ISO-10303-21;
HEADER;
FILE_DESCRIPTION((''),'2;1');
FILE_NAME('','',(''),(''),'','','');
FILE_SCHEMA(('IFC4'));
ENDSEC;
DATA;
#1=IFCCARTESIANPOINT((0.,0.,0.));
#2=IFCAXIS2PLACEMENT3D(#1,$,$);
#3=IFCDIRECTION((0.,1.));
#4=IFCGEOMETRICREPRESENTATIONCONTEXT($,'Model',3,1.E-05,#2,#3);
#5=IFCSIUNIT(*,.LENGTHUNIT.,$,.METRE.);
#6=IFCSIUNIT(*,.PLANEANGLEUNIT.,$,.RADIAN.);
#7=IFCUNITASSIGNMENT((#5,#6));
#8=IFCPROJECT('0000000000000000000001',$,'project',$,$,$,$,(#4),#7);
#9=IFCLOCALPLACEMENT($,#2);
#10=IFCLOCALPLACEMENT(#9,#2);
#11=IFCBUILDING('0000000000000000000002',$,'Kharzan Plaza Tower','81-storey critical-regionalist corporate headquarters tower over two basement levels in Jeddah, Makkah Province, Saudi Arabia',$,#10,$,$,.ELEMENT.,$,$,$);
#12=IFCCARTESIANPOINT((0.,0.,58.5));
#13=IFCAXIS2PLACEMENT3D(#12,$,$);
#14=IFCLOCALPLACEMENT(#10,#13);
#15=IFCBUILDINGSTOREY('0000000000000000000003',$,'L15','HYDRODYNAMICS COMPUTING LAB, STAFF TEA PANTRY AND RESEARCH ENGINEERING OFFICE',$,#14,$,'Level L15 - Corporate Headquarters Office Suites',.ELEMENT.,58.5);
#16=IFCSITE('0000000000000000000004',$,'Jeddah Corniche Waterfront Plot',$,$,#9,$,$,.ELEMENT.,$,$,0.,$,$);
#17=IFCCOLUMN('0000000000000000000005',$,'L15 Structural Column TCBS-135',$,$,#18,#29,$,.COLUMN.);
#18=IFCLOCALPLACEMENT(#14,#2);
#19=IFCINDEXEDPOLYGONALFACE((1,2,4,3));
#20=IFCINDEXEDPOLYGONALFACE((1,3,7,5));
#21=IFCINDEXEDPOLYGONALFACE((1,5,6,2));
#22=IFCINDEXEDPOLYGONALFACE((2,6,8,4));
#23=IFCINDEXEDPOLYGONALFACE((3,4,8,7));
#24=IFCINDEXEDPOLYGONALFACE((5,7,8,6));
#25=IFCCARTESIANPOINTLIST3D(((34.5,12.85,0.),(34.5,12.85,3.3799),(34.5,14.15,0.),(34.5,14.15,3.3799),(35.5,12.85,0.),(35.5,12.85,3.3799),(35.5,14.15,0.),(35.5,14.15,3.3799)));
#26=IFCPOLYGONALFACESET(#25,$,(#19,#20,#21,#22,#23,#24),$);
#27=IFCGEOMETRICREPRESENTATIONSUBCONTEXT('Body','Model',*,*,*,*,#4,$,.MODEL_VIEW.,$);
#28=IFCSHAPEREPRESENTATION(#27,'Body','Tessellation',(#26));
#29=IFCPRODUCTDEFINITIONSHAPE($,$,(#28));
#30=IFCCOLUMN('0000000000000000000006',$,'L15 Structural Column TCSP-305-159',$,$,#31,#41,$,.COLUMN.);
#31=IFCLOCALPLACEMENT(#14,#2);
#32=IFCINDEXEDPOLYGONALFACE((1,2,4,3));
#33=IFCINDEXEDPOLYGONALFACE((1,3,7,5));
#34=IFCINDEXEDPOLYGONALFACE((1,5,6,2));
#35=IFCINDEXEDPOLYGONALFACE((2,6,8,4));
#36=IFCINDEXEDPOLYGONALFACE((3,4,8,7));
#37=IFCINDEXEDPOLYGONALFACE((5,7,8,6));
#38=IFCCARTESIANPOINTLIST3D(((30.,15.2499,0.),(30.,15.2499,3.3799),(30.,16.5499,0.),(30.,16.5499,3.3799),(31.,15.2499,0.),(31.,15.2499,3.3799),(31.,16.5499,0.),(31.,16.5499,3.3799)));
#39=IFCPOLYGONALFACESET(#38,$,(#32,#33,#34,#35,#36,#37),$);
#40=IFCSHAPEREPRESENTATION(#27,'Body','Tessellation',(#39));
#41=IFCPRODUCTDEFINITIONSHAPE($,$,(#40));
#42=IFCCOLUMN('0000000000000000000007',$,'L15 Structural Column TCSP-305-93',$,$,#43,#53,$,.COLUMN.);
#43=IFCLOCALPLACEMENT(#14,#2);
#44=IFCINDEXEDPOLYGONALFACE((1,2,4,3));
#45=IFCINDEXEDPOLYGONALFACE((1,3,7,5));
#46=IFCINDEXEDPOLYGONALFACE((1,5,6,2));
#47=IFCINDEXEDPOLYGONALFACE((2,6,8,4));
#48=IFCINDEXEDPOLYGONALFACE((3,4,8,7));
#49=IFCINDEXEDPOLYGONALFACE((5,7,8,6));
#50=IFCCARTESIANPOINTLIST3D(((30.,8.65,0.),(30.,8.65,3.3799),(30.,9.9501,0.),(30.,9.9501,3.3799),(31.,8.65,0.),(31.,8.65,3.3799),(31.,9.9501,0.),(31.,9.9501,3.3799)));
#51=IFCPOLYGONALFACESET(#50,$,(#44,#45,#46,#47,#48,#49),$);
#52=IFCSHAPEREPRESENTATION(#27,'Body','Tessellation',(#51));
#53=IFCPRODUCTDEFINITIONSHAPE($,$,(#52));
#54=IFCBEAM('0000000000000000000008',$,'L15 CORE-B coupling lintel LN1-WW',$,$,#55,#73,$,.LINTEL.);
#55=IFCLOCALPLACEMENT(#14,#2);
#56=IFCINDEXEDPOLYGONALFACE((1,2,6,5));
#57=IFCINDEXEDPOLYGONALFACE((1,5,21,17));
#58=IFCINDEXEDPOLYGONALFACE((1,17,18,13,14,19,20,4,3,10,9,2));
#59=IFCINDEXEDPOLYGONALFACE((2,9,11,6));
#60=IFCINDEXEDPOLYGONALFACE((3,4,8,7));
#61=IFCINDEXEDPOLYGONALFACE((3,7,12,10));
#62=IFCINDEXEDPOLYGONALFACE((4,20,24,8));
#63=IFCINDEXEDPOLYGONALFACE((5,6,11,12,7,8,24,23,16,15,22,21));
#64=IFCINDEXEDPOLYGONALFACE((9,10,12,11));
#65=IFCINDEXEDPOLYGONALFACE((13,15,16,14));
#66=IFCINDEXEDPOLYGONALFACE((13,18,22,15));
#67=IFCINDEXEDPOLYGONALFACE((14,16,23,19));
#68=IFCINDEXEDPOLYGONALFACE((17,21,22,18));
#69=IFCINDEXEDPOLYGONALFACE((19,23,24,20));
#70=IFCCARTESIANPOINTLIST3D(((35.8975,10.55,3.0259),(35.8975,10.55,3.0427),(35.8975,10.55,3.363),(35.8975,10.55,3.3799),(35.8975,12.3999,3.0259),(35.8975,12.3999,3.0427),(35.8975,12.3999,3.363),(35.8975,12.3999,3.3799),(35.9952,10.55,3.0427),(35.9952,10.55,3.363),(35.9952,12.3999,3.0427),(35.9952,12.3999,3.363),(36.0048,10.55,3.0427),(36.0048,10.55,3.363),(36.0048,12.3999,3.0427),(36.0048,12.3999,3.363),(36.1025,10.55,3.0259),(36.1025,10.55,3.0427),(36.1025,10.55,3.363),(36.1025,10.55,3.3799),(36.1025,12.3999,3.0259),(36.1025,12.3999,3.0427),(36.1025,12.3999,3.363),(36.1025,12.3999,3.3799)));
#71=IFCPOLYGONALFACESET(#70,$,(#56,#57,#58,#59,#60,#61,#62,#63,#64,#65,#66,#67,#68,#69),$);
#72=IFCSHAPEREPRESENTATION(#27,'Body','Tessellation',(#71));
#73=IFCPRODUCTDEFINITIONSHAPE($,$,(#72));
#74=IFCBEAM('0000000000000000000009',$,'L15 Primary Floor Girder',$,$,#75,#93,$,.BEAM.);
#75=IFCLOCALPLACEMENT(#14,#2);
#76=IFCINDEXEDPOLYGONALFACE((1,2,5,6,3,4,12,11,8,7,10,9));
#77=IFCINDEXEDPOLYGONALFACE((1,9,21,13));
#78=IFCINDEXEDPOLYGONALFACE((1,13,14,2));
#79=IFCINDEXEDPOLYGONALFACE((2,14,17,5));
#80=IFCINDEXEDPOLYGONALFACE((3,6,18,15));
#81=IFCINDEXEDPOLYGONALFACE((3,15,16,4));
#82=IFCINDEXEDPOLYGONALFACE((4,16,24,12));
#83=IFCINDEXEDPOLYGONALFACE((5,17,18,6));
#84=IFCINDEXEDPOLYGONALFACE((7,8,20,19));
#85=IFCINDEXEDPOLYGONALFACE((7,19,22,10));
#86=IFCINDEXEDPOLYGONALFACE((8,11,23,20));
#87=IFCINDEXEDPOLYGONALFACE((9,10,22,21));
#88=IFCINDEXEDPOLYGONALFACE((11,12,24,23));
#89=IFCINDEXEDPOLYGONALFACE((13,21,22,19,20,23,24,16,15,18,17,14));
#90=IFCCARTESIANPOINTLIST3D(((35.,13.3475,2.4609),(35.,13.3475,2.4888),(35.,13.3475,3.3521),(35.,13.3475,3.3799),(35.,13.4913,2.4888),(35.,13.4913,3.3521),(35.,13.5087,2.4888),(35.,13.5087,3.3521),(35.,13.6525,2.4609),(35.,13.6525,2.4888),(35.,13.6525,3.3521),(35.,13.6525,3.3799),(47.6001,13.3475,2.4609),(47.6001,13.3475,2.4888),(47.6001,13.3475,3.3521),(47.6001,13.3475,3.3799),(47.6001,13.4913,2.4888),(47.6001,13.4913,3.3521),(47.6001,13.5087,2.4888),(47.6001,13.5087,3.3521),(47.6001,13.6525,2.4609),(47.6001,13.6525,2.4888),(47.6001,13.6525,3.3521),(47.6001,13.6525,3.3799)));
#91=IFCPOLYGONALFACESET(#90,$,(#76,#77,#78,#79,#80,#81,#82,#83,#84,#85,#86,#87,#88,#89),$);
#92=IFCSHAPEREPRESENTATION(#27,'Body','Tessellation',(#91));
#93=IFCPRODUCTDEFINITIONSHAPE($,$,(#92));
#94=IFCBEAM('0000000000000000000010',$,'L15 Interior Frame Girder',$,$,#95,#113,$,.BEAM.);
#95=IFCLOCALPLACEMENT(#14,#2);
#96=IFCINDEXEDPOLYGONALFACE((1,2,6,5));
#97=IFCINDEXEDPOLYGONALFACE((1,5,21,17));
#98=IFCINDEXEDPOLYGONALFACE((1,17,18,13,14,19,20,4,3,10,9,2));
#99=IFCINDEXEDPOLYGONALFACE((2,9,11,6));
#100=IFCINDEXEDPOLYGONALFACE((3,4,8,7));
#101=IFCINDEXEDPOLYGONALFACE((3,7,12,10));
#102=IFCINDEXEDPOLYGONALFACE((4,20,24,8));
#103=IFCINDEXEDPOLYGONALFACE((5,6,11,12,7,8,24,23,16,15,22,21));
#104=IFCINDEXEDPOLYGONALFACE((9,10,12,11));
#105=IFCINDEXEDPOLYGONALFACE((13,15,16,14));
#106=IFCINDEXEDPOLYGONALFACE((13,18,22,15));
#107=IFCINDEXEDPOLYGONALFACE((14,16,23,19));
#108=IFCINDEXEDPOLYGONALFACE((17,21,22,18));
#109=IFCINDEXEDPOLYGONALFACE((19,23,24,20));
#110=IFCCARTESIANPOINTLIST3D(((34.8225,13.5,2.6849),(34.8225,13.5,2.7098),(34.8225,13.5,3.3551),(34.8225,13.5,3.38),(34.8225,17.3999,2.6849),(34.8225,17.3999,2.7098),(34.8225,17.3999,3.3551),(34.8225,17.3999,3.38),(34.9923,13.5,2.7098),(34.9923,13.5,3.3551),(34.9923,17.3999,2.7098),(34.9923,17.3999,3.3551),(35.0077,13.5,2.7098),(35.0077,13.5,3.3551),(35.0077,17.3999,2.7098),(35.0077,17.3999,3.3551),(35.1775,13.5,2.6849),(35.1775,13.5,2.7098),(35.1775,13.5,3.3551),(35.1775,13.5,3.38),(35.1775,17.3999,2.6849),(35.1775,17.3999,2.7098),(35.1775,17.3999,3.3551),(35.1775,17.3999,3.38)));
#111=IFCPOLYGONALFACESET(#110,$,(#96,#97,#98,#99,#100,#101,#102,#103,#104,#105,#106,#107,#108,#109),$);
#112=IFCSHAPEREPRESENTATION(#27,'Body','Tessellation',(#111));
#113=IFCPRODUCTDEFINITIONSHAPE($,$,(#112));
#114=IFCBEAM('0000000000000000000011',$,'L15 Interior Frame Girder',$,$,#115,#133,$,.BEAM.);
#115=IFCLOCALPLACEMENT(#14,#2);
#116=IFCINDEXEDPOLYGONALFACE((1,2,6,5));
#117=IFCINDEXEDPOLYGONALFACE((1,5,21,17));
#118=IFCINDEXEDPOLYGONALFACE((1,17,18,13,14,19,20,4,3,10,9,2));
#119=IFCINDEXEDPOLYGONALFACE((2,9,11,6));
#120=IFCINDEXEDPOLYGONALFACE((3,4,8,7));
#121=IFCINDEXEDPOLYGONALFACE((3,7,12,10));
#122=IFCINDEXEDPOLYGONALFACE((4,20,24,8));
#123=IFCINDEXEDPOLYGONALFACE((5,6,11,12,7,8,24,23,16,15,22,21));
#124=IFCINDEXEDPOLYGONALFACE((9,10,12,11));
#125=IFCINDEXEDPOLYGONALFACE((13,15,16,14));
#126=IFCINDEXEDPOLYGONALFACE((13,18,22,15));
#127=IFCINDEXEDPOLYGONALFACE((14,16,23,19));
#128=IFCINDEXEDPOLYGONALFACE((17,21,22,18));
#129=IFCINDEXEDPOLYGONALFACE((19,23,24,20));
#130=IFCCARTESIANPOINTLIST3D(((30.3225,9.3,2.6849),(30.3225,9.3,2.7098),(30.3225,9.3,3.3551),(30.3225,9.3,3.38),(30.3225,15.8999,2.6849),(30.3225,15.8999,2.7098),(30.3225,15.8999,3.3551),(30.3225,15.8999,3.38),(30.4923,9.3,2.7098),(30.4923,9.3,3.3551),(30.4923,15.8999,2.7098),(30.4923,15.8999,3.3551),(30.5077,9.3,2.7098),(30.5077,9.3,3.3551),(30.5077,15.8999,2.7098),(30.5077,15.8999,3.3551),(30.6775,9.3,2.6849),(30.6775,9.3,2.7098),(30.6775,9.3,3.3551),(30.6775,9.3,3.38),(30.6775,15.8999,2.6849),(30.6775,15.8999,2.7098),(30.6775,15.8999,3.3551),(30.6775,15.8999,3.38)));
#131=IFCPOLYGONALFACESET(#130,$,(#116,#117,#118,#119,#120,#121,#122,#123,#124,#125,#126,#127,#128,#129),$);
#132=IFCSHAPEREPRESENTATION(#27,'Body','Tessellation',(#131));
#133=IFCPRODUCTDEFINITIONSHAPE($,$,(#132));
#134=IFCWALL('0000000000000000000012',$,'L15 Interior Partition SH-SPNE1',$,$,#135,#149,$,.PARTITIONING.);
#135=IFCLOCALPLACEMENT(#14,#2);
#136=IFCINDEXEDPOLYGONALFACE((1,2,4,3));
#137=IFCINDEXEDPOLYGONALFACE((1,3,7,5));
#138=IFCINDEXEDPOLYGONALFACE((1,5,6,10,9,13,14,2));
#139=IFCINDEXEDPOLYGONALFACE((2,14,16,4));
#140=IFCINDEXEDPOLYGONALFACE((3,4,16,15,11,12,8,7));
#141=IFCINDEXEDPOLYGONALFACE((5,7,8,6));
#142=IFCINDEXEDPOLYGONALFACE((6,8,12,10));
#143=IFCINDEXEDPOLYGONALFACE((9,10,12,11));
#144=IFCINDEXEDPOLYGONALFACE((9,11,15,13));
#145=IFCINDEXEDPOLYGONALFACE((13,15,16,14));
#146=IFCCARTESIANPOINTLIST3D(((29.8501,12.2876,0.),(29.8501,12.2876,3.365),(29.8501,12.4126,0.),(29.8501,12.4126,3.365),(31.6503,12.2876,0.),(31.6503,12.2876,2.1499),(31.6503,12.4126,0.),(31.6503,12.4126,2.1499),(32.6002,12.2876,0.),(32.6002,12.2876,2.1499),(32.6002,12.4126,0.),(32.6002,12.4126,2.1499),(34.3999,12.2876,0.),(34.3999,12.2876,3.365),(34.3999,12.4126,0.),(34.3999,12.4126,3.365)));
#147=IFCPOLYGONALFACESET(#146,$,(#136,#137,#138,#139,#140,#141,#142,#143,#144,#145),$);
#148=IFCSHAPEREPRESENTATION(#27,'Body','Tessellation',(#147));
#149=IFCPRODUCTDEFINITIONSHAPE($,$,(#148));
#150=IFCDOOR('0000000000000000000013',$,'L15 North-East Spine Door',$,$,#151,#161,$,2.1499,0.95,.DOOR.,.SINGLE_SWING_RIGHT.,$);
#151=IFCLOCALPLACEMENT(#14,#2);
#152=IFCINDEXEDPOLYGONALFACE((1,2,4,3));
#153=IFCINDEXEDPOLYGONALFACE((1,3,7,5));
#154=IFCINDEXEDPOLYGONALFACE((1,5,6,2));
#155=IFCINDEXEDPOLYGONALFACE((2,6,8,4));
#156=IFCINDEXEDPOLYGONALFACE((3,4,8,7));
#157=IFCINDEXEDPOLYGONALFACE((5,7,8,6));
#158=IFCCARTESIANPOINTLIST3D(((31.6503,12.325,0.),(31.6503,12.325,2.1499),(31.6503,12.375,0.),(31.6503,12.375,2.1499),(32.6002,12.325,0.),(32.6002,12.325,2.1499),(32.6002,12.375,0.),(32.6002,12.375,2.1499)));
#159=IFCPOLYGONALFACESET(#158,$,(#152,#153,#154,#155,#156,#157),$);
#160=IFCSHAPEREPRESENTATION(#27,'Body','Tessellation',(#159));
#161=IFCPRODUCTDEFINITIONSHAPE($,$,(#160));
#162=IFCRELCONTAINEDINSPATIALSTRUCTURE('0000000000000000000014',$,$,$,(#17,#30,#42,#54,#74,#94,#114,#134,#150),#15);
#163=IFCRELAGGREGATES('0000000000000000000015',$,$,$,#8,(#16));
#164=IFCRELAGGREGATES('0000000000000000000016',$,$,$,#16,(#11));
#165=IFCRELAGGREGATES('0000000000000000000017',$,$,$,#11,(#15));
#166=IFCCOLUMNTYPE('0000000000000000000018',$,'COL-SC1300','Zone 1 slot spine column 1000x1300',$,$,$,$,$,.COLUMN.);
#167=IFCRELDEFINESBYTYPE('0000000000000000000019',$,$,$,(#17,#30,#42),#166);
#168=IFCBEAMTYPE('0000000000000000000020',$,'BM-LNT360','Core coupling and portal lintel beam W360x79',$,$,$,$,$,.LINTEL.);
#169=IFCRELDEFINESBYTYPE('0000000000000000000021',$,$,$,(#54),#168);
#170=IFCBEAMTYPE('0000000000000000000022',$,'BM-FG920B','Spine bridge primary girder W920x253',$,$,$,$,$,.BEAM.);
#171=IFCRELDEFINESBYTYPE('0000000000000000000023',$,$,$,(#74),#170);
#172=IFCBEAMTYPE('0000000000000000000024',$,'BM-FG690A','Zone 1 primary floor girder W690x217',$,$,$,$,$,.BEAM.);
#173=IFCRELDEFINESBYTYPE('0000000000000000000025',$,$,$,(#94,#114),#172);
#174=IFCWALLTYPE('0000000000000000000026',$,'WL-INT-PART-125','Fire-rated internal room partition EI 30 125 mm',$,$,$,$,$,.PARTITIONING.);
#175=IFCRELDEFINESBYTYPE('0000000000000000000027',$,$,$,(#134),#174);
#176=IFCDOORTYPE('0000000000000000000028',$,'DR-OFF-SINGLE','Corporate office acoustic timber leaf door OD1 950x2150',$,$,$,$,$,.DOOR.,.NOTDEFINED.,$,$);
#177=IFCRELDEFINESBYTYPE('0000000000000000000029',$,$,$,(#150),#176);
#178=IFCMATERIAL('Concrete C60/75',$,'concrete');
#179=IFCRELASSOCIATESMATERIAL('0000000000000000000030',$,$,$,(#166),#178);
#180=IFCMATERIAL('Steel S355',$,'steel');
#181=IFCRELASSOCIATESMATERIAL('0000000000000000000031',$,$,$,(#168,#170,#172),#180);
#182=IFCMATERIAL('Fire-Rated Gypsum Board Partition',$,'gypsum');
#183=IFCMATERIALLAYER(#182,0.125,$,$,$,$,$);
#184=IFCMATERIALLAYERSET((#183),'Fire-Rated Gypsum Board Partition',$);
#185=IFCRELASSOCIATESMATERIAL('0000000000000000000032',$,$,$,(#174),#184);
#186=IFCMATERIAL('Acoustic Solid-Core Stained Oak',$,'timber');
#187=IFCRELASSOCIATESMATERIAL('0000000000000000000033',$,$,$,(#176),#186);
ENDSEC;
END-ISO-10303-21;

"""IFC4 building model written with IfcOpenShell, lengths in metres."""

from ifc_helpers import new_model, si_unit, direction, frame, frame_2d, origin, origin_2d, place, context, subcontext, project, spatial, rectangle, i_section, extrude, source, transform, mapped, material, layer, layer_set, material_profile, profile_set, type_object, element, fill, save


model = new_model("IFC4")

# Units and contexts
model_context = context("Model", 3, precision=1e-05, world=origin(), true_north=direction((0.0, 1.0)))
body_context = subcontext(model_context, "Body", "Model", "MODEL_VIEW")
ifc_project = project(units=[si_unit("LENGTHUNIT", "METRE"), si_unit("PLANEANGLEUNIT", "RADIAN")], contexts=[model_context])

# Site, building, storey
site_placement = place(None, origin())
site = spatial("IfcSite", under=ifc_project, at=site_placement, Name="Jeddah Corniche Waterfront Plot", CompositionType="ELEMENT", RefElevation=0.0)
building_placement = place(site_placement, origin())
building = spatial("IfcBuilding", under=site, at=building_placement, Name="Kharzan Plaza Tower", Description="81-storey critical-regionalist corporate headquarters tower over two basement levels in Jeddah, Makkah Province, Saudi Arabia", CompositionType="ELEMENT")
storey_placement = place(building_placement, frame((0.0, 0.0, 58.5)))
storey = spatial("IfcBuildingStorey", under=building, at=storey_placement, Name="L15", Description="HYDRODYNAMICS COMPUTING LAB, STAFF TEA PANTRY AND RESEARCH ENGINEERING OFFICE", LongName="Level L15 - Corporate Headquarters Office Suites", CompositionType="ELEMENT", Elevation=58.5)

# Columns
ifc_material_1 = material(Name="Concrete C60/75", Category="concrete")
ifc_material_profile_1 = material_profile(ifc_material_1, rectangle(XDim=1.0, YDim=1.3, at=origin_2d()), Name="RC-SC1300x1000")
ifc_profile_set_1 = profile_set([ifc_material_profile_1], Name="Concrete C60/75")
column_type = type_object("IfcColumnType", Name="COL-SC1300", Description="Zone 1 slot spine column 1000x1300", PredefinedType="COLUMN", material=ifc_profile_set_1)
shared_shape_1 = source(origin(), body_context, "Body", "SweptSolid", [
    extrude(rectangle(XDim=1.0, YDim=1.3, at=origin_2d()), origin(), (0.0, 0.0, 1.0), 3.3799),
])
for number, where, z_axis, x_axis, name in (
    (1, (35.0, 13.5, 0.0), (0.0, 0.0, 1.0), (1.0, 0.0, 0.0), "L15 Structural Column TCBS-135"),
    (2, (30.5, 15.8999, 0.0), (0.0, 0.0, 1.0), (1.0, 0.0, 0.0), "L15 Structural Column TCSP-305-159"),
    (3, (30.5, 9.3, 0.0), (0.0, 0.0, 1.0), (1.0, 0.0, 0.0), "L15 Structural Column TCSP-305-93"),
):
    element("IfcColumn", number, at=place(storey_placement, frame(where, z_axis=z_axis, x_axis=x_axis)), inside=storey, type_object=column_type, Name=name, PredefinedType="COLUMN", context=body_context, shape_type="MappedRepresentation", body=[
        mapped(shared_shape_1, transform((0.0, 0.0, 0.0), x_axis=(1.0, 0.0, 0.0), y_axis=(0.0, 1.0, 0.0), z_axis=(0.0, 0.0, 1.0))),
    ])

# Beams
ifc_material_2 = material(Name="Steel S355", Category="steel")
ifc_material_profile_2 = material_profile(ifc_material_2, i_section(OverallWidth=0.2051, OverallDepth=0.354, WebThickness=0.0095, FlangeThickness=0.0168, at=origin_2d()), Name="W360x79")
ifc_profile_set_2 = profile_set([ifc_material_profile_2], Name="Steel S355")
beam_type_1 = type_object("IfcBeamType", Name="BM-LNT360", Description="Core coupling and portal lintel beam W360x79", PredefinedType="LINTEL", material=ifc_profile_set_2)
shared_shape_2 = source(origin(), body_context, "Body", "SweptSolid", [
    extrude(i_section(OverallWidth=0.2051, OverallDepth=0.354, WebThickness=0.0095, FlangeThickness=0.0168, at=origin_2d()), origin(), (0.0, 0.0, 1.0), 1.8499),
])
beam_1_placement = place(storey_placement, frame((36.0, 10.55, 3.2029), z_axis=(0.0, 1.0, 0.0), x_axis=(-1.0, 0.0, 0.0)))
element("IfcBeam", 4, at=beam_1_placement, inside=storey, type_object=beam_type_1, Name="L15 CORE-B coupling lintel LN1-WW", PredefinedType="LINTEL", context=body_context, shape_type="MappedRepresentation", body=[
    mapped(shared_shape_2, transform((0.0, 0.0, 0.0), x_axis=(1.0, 0.0, 0.0), y_axis=(0.0, 1.0, 0.0), z_axis=(0.0, 0.0, 1.0))),
])
ifc_material_profile_3 = material_profile(ifc_material_2, i_section(OverallWidth=0.3049, OverallDepth=0.9189, WebThickness=0.0173, FlangeThickness=0.0278, at=origin_2d()), Name="W920x253")
ifc_profile_set_3 = profile_set([ifc_material_profile_3], Name="Steel S355")
beam_type_2 = type_object("IfcBeamType", Name="BM-FG920B", Description="Spine bridge primary girder W920x253", PredefinedType="BEAM", material=ifc_profile_set_3)
shared_shape_3 = source(origin(), body_context, "Body", "SweptSolid", [
    extrude(i_section(OverallWidth=0.3049, OverallDepth=0.9189, WebThickness=0.0173, FlangeThickness=0.0278, at=origin_2d()), origin(), (0.0, 0.0, 1.0), 12.6001),
])
beam_2_placement = place(storey_placement, frame((35.0, 13.5, 2.9204), z_axis=(1.0, 0.0, 0.0), x_axis=(0.0, 1.0, 0.0)))
element("IfcBeam", 5, at=beam_2_placement, inside=storey, type_object=beam_type_2, Name="L15 Primary Floor Girder", PredefinedType="BEAM", context=body_context, shape_type="MappedRepresentation", body=[
    mapped(shared_shape_3, transform((0.0, 0.0, 0.0), x_axis=(1.0, 0.0, 0.0), y_axis=(0.0, 1.0, 0.0), z_axis=(0.0, 0.0, 1.0))),
])
ifc_material_profile_4 = material_profile(ifc_material_2, i_section(OverallWidth=0.355, OverallDepth=0.6951, WebThickness=0.0154, FlangeThickness=0.0249, at=origin_2d()), Name="W690x217")
ifc_profile_set_4 = profile_set([ifc_material_profile_4], Name="Steel S355")
beam_type_3 = type_object("IfcBeamType", Name="BM-FG690A", Description="Zone 1 primary floor girder W690x217", PredefinedType="BEAM", material=ifc_profile_set_4)
shared_shape_4 = source(origin(), body_context, "Body", "SweptSolid", [
    extrude(i_section(OverallWidth=0.355, OverallDepth=0.6951, WebThickness=0.0154, FlangeThickness=0.0249, at=origin_2d()), origin(), (0.0, 0.0, 1.0), 3.8999),
])
beam_3_placement = place(storey_placement, frame((35.0, 13.5, 3.0325), z_axis=(0.0, 1.0, 0.0), x_axis=(-1.0, 0.0, 0.0)))
element("IfcBeam", 6, at=beam_3_placement, inside=storey, type_object=beam_type_3, Name="L15 Interior Frame Girder", PredefinedType="BEAM", context=body_context, shape_type="MappedRepresentation", body=[
    mapped(shared_shape_4, transform((0.0, 0.0, 0.0), x_axis=(1.0, 0.0, 0.0), y_axis=(0.0, 1.0, 0.0), z_axis=(0.0, 0.0, 1.0))),
])
shared_shape_5 = source(origin(), body_context, "Body", "SweptSolid", [
    extrude(i_section(OverallWidth=0.355, OverallDepth=0.6951, WebThickness=0.0154, FlangeThickness=0.0249, at=origin_2d()), origin(), (0.0, 0.0, 1.0), 6.5999),
])
beam_4_placement = place(storey_placement, frame((30.5, 9.3, 3.0325), z_axis=(0.0, 1.0, 0.0), x_axis=(-1.0, 0.0, 0.0)))
element("IfcBeam", 7, at=beam_4_placement, inside=storey, type_object=beam_type_3, Name="L15 Interior Frame Girder", PredefinedType="BEAM", context=body_context, shape_type="MappedRepresentation", body=[
    mapped(shared_shape_5, transform((0.0, 0.0, 0.0), x_axis=(1.0, 0.0, 0.0), y_axis=(0.0, 1.0, 0.0), z_axis=(0.0, 0.0, 1.0))),
])

# Wall, opening, door
ifc_material_3 = material(Name="Fire-Rated Gypsum Board Partition", Category="gypsum")
ifc_layer_1 = layer(ifc_material_3, 0.125)
ifc_layer_set_1 = layer_set([ifc_layer_1], Name="Fire-Rated Gypsum Board Partition")
wall_type_1 = type_object("IfcWallType", Name="WL-INT-PART-125", Description="Fire-rated internal room partition EI 30 125 mm", PredefinedType="PARTITIONING", material=ifc_layer_set_1)
wall_1_placement = place(storey_placement, frame((29.8501, 12.3501, 0.0), z_axis=(0.0, 0.0, 1.0), x_axis=(1.0, 0.0, 0.0)))
wall_1 = element("IfcWall", 8, at=wall_1_placement, inside=storey, type_object=wall_type_1, Name="L15 Interior Partition SH-SPNE1", PredefinedType="PARTITIONING", context=body_context, shape_type="SweptSolid", body=[
    extrude(rectangle(XDim=4.5498, YDim=0.125, at=frame_2d((2.2749, 0.0))), origin(), (0.0, 0.0, 1.0), 3.365),
])
opening_1_placement = place(wall_1_placement, frame((1.8, 0.0, 0.0)))
opening_1 = element("IfcOpeningElement", 9, at=opening_1_placement, cuts=wall_1, PredefinedType="OPENING", context=body_context, shape_type="SweptSolid", body=[
    extrude(rectangle(XDim=0.95, YDim=2.1499, at=frame_2d((0.4751, 1.075))), frame((0.0, 0.0725, 0.0), z_axis=(0.0, -1.0, 0.0), x_axis=(1.0, 0.0, 0.0)), (0.0, 0.0, 1.0), 0.145),
])
ifc_material_4 = material(Name="Acoustic Solid-Core Stained Oak", Category="timber")
door_type_1 = type_object("IfcDoorType", Name="DR-OFF-SINGLE", Description="Corporate office acoustic timber leaf door OD1 950x2150", OperationType="NOTDEFINED", PredefinedType="DOOR", material=ifc_material_4)
shared_shape_6 = source(origin(), body_context, "Body", "SweptSolid", [
    extrude(rectangle(XDim=0.95, YDim=2.1499, at=frame_2d((0.4751, 1.075))), frame((0.0, 0.0249, 0.0), z_axis=(0.0, -1.0, 0.0), x_axis=(1.0, 0.0, 0.0)), (0.0, 0.0, 1.0), 0.05),
])
door_1_placement = place(opening_1_placement, origin())
door_1 = element("IfcDoor", 10, at=door_1_placement, inside=storey, type_object=door_type_1, Name="L15 North-East Spine Door", OperationType="SINGLE_SWING_RIGHT", OverallHeight=2.1499, OverallWidth=0.95, PredefinedType="DOOR", context=body_context, shape_type="MappedRepresentation", body=[
    mapped(shared_shape_6, transform((0.0, 0.0, 0.0), x_axis=(1.0, 0.0, 0.0), y_axis=(0.0, 1.0, 0.0), z_axis=(0.0, 0.0, 1.0))),
])
fill(opening_1, door_1)

save(model, "model.ifc")
